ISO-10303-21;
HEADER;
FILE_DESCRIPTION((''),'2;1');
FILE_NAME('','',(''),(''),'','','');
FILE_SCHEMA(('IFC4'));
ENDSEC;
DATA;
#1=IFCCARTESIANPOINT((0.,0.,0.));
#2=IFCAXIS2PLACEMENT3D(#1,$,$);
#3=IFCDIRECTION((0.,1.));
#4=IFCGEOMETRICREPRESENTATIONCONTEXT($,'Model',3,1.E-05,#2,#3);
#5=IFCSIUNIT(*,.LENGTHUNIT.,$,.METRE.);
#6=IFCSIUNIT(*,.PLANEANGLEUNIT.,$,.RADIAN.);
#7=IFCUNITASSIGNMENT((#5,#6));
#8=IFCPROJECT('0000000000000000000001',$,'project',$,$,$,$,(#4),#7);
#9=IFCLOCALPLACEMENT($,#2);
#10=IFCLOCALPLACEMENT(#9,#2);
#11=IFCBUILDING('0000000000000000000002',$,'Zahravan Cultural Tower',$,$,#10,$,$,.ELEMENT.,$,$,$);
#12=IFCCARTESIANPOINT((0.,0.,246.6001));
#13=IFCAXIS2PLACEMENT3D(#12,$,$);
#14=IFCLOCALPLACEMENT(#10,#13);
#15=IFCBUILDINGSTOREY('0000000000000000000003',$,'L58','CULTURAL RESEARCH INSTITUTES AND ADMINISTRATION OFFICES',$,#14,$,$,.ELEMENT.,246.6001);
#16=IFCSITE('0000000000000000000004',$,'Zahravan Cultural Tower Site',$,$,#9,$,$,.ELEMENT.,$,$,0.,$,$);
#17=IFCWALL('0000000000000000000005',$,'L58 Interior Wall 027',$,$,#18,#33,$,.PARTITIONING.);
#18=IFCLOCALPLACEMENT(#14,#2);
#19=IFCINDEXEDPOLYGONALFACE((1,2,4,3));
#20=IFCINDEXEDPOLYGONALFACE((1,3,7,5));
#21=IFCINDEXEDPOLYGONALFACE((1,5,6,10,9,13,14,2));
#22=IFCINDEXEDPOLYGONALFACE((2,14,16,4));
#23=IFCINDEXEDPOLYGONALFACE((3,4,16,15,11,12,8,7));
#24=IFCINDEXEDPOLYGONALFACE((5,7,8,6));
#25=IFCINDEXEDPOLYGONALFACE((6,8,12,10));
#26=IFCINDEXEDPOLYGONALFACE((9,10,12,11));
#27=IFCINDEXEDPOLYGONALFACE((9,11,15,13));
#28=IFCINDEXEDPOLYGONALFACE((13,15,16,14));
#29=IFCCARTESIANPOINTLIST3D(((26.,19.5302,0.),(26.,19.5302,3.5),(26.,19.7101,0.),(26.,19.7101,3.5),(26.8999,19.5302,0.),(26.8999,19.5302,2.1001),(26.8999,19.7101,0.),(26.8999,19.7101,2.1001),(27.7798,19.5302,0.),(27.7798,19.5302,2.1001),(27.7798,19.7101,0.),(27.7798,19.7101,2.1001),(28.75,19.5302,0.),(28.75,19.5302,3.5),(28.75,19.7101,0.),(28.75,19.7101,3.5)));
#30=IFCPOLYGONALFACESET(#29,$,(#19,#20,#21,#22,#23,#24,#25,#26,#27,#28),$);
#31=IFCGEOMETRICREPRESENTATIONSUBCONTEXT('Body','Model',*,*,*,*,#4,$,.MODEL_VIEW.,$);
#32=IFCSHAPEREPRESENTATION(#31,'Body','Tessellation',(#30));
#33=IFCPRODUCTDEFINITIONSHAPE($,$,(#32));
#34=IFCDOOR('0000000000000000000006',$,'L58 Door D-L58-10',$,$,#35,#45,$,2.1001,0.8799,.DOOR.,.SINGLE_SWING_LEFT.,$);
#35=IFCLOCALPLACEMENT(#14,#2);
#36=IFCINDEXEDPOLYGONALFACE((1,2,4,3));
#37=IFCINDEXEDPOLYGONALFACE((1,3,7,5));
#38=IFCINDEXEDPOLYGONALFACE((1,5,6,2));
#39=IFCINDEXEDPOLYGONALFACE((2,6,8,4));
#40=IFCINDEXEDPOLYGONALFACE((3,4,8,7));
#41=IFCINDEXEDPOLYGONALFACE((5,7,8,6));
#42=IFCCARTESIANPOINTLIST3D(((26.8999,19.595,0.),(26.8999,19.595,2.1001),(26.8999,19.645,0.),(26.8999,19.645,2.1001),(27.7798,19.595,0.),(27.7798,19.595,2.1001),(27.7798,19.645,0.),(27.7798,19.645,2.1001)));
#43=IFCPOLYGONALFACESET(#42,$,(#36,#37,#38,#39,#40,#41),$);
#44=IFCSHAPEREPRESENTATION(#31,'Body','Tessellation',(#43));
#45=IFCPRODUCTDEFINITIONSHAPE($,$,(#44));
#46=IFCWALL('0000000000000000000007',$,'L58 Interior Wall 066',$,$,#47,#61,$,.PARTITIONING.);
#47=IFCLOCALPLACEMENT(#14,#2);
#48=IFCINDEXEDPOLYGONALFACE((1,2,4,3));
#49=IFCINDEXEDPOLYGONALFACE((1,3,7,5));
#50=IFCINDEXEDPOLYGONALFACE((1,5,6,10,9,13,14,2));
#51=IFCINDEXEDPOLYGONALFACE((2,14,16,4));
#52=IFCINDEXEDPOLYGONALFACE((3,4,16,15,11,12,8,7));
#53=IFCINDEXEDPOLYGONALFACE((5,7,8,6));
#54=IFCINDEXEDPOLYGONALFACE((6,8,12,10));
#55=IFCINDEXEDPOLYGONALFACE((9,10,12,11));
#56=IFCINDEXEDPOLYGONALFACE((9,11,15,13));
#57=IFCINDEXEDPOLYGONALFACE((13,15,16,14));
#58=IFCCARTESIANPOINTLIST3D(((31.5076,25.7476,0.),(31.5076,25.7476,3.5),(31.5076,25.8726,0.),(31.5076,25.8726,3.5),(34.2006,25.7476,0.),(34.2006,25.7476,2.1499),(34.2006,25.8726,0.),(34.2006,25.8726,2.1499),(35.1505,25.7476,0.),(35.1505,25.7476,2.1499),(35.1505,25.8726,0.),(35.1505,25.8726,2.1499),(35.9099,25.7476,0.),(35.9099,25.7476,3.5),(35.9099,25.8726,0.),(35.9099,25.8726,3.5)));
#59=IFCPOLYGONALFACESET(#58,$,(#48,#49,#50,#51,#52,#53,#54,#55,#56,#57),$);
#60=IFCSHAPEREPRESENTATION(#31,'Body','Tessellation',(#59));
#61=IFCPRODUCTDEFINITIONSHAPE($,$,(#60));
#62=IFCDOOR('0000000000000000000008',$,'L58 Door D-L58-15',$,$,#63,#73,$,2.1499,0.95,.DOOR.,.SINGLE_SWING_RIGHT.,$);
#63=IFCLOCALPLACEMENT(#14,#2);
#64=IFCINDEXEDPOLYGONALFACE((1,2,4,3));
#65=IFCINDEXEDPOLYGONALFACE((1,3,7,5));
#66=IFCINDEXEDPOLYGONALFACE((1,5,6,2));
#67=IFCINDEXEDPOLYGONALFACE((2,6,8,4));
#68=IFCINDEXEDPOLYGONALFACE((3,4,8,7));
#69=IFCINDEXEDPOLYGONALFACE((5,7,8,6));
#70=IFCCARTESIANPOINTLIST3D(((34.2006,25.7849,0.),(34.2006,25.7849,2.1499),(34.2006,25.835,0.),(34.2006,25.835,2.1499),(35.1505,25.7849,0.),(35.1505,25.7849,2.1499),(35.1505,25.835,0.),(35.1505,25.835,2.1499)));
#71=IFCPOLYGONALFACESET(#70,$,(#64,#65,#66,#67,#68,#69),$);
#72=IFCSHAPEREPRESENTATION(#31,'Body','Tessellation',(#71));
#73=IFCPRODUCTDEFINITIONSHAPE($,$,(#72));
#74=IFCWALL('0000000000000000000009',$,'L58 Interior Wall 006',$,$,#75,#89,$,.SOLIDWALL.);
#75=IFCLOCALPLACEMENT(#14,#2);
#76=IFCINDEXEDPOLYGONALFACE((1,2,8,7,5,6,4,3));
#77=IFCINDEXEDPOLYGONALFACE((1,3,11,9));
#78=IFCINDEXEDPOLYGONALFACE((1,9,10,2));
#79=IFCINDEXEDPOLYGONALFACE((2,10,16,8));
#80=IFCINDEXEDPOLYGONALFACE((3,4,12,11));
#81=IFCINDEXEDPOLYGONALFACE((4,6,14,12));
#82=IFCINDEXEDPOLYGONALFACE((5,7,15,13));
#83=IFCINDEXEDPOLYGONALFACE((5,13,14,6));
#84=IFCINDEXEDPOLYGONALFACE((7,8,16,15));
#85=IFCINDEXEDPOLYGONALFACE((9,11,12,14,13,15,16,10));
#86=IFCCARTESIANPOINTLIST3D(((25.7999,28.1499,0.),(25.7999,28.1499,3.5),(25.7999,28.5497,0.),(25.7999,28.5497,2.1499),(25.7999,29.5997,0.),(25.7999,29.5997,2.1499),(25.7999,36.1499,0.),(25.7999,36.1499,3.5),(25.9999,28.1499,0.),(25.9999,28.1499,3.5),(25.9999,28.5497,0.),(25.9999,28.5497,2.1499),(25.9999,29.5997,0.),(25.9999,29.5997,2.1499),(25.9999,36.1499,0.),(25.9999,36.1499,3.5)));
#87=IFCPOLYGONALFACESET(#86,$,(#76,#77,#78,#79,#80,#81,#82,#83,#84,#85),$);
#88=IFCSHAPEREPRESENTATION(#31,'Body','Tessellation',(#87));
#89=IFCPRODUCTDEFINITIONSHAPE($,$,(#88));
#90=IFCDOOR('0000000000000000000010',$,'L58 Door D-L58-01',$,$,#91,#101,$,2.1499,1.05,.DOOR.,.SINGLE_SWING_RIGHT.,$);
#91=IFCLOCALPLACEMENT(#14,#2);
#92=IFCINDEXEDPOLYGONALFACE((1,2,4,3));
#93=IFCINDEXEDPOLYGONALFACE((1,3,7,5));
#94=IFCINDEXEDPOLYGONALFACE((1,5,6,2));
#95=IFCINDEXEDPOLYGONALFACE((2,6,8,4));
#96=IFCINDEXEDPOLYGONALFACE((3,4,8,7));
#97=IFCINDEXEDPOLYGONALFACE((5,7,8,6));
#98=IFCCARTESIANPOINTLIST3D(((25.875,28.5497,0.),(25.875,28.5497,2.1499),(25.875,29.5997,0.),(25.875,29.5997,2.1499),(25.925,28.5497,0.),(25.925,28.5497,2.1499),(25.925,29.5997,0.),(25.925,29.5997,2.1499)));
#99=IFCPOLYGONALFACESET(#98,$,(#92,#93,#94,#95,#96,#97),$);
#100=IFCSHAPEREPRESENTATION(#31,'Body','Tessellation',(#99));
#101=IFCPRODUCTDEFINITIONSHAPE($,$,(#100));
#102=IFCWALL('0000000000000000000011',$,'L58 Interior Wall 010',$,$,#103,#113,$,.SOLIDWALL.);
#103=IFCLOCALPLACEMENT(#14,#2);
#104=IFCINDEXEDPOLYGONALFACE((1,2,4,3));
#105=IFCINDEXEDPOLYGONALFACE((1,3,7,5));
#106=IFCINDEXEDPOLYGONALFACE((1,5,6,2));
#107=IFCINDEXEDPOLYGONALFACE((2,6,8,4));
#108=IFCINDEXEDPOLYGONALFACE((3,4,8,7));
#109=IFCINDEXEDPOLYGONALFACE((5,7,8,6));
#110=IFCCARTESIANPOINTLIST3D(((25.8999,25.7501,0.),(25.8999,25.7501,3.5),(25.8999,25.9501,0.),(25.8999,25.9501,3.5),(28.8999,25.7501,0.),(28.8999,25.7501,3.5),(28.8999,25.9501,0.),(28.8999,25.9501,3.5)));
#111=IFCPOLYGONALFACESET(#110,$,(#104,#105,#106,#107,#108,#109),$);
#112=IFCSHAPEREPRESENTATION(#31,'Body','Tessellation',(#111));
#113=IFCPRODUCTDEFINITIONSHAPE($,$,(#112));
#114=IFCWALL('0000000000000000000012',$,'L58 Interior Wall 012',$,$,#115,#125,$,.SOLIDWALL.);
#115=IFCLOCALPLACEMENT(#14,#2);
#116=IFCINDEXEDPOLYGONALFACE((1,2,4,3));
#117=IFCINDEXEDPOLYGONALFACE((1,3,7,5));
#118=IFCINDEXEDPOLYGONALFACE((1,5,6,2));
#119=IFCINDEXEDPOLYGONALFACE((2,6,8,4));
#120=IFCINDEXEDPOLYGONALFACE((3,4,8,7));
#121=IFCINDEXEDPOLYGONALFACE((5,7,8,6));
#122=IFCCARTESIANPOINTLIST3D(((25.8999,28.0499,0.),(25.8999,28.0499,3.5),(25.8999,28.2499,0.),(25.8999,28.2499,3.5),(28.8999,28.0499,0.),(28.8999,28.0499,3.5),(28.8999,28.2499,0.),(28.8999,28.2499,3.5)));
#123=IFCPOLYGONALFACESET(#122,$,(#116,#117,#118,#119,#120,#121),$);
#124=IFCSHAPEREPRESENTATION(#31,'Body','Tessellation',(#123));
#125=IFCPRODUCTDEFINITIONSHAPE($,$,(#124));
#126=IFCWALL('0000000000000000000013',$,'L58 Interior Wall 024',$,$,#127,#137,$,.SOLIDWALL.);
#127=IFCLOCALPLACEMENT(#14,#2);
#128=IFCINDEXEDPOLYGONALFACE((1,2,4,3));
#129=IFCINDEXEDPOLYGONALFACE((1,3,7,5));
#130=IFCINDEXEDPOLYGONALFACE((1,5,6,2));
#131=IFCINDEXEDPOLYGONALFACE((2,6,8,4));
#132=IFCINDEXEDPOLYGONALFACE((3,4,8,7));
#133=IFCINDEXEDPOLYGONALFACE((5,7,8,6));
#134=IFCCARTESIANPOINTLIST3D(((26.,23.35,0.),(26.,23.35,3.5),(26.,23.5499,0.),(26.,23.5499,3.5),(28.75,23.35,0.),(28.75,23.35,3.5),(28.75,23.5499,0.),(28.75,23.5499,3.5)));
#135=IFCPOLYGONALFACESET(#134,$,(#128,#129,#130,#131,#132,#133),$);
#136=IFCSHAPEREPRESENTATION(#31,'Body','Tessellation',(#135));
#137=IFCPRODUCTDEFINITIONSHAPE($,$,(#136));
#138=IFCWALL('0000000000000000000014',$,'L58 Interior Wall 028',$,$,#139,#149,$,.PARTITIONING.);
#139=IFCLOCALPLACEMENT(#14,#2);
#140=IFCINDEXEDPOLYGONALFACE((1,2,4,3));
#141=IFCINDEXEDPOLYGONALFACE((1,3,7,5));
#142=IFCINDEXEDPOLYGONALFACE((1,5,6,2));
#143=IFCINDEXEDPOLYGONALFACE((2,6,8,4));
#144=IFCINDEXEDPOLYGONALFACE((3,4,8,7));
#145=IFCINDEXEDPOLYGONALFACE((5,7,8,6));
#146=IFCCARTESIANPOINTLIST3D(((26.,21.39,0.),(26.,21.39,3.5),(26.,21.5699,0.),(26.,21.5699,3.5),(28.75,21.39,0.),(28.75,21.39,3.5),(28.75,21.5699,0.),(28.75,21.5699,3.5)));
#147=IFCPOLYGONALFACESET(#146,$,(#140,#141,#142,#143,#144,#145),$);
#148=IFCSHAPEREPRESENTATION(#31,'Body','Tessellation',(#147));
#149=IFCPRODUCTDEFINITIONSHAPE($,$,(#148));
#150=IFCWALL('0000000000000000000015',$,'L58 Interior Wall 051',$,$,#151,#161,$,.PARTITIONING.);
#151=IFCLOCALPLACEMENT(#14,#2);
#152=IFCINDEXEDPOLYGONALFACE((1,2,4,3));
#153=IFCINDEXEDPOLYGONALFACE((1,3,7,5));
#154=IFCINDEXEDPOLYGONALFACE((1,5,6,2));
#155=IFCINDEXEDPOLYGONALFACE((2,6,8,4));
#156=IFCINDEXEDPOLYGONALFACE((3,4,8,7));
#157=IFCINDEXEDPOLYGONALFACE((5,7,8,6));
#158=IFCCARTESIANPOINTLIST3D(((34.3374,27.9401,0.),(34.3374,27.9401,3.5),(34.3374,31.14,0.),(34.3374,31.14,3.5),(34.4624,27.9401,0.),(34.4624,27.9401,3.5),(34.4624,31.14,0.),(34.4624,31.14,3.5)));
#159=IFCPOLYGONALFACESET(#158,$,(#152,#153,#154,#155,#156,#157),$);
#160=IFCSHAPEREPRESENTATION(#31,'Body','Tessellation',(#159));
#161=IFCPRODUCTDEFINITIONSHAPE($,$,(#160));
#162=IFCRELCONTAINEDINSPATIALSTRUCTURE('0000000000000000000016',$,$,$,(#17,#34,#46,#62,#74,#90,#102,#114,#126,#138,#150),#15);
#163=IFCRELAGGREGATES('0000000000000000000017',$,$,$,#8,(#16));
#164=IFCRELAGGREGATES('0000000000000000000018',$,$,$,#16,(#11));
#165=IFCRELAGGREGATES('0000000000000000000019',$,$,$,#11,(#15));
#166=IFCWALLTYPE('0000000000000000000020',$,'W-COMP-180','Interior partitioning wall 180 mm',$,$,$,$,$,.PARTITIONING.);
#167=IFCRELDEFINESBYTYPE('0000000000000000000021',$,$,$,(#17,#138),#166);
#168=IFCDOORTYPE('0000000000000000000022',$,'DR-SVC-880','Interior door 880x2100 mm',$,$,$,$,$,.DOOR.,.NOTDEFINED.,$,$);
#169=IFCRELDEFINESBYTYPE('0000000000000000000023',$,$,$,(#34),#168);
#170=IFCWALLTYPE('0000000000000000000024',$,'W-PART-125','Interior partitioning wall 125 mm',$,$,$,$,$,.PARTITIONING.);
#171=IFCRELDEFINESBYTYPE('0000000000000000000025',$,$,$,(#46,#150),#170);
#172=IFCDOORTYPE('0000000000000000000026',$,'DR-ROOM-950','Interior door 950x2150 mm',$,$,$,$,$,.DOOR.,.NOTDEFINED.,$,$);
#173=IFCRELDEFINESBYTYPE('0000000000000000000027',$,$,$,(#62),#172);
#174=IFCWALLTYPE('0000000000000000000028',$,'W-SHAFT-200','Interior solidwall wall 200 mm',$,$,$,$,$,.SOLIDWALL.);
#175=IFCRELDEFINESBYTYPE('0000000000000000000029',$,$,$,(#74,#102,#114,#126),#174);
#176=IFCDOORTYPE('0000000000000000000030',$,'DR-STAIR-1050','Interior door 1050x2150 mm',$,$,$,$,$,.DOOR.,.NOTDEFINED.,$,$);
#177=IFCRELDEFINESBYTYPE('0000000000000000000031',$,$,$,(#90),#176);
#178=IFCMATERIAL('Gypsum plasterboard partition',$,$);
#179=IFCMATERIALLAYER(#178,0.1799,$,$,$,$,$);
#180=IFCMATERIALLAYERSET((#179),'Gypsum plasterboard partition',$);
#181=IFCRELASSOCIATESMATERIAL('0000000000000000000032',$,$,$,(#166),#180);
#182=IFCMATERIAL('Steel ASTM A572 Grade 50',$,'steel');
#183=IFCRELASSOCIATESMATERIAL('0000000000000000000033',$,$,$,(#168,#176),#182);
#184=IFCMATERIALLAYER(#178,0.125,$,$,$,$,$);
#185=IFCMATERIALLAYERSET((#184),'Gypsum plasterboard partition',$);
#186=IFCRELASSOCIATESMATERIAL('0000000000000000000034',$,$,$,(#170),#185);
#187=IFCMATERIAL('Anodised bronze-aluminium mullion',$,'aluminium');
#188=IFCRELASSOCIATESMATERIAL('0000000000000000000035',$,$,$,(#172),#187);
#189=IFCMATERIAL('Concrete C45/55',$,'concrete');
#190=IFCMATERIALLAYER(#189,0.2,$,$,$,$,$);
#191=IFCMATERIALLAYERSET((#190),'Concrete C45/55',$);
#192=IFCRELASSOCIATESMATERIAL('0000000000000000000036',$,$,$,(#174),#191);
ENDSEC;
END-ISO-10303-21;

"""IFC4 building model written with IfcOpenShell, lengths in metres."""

from ifc_helpers import new_model, si_unit, direction, frame, frame_2d, origin, place, context, subcontext, project, spatial, rectangle, extrude, source, transform, mapped, material, layer, layer_set, type_object, element, fill, save


model = new_model("IFC4")

# Units and contexts
model_context = context("Model", 3, precision=1e-05, world=origin(), true_north=direction((0.0, 1.0)))
body_context = subcontext(model_context, "Body", "Model", "MODEL_VIEW")
ifc_project = project(units=[si_unit("LENGTHUNIT", "METRE"), si_unit("PLANEANGLEUNIT", "RADIAN")], contexts=[model_context])

# Site, building, storey
site_placement = place(None, origin())
site = spatial("IfcSite", under=ifc_project, at=site_placement, Name="Zahravan Cultural Tower Site", CompositionType="ELEMENT", RefElevation=0.0)
building_placement = place(site_placement, origin())
building = spatial("IfcBuilding", under=site, at=building_placement, Name="Zahravan Cultural Tower", CompositionType="ELEMENT")
storey_placement = place(building_placement, frame((0.0, 0.0, 246.6001)))
storey = spatial("IfcBuildingStorey", under=building, at=storey_placement, Name="L58", Description="CULTURAL RESEARCH INSTITUTES AND ADMINISTRATION OFFICES", CompositionType="ELEMENT", Elevation=246.6001)

# Walls, openings, doors
ifc_material_1 = material(Name="Steel ASTM A572 Grade 50", Category="steel")
ifc_material_2 = material(Name="Gypsum plasterboard partition")
ifc_layer_1 = layer(ifc_material_2, 0.1799)
ifc_layer_set_1 = layer_set([ifc_layer_1], Name="Gypsum plasterboard partition")
wall_type_1 = type_object("IfcWallType", Name="W-COMP-180", Description="Interior partitioning wall 180 mm", PredefinedType="PARTITIONING", material=ifc_layer_set_1)
wall_1_placement = place(storey_placement, frame((26.0, 19.6201, 0.0), z_axis=(0.0, 0.0, 1.0), x_axis=(1.0, 0.0, 0.0)))
wall_1 = element("IfcWall", 1, at=wall_1_placement, inside=storey, type_object=wall_type_1, Name="L58 Interior Wall 027", PredefinedType="PARTITIONING", context=body_context, shape_type="SweptSolid", body=[
    extrude(rectangle(XDim=2.75, YDim=0.1799, at=frame_2d((1.375, 0.0))), origin(), (0.0, 0.0, 1.0), 3.5),
])
opening_1_placement = place(wall_1_placement, frame((0.8999, 0.0, 0.0)))
opening_1 = element("IfcOpeningElement", 2, at=opening_1_placement, cuts=wall_1, PredefinedType="OPENING", context=body_context, shape_type="SweptSolid", body=[
    extrude(rectangle(XDim=0.8799, YDim=2.1001, at=frame_2d((0.4399, 1.05))), frame((0.0, 0.0999, 0.0), z_axis=(0.0, -1.0, 0.0), x_axis=(1.0, 0.0, 0.0)), (0.0, 0.0, 1.0), 0.2),
])
door_type_1 = type_object("IfcDoorType", Name="DR-SVC-880", Description="Interior door 880x2100 mm", OperationType="NOTDEFINED", PredefinedType="DOOR", material=ifc_material_1)
shared_shape_1 = source(origin(), body_context, "Body", "SweptSolid", [
    extrude(rectangle(XDim=0.8799, YDim=2.1001, at=frame_2d((0.4399, 1.05))), frame((0.0, 0.0249, 0.0), z_axis=(0.0, -1.0, 0.0), x_axis=(1.0, 0.0, 0.0)), (0.0, 0.0, 1.0), 0.05),
])
door_1_placement = place(opening_1_placement, origin())
door_1 = element("IfcDoor", 3, at=door_1_placement, inside=storey, type_object=door_type_1, Name="L58 Door D-L58-10", OperationType="SINGLE_SWING_LEFT", OverallHeight=2.1001, OverallWidth=0.8799, PredefinedType="DOOR", context=body_context, shape_type="MappedRepresentation", body=[
    mapped(shared_shape_1, transform((0.0, 0.0, 0.0), x_axis=(1.0, 0.0, 0.0), y_axis=(0.0, 1.0, 0.0), z_axis=(0.0, 0.0, 1.0), scale=1.0)),
])
fill(opening_1, door_1)
ifc_layer_2 = layer(ifc_material_2, 0.125)
ifc_layer_set_2 = layer_set([ifc_layer_2], Name="Gypsum plasterboard partition")
wall_type_2 = type_object("IfcWallType", Name="W-PART-125", Description="Interior partitioning wall 125 mm", PredefinedType="PARTITIONING", material=ifc_layer_set_2)
ifc_material_3 = material(Name="Anodised bronze-aluminium mullion", Category="aluminium")
door_type_2 = type_object("IfcDoorType", Name="DR-ROOM-950", Description="Interior door 950x2150 mm", OperationType="NOTDEFINED", PredefinedType="DOOR", material=ifc_material_3)
shared_shape_2 = source(origin(), body_context, "Body", "SweptSolid", [
    extrude(rectangle(XDim=0.95, YDim=2.1499, at=frame_2d((0.4751, 1.075))), frame((0.0, 0.0249, 0.0), z_axis=(0.0, -1.0, 0.0), x_axis=(1.0, 0.0, 0.0)), (0.0, 0.0, 1.0), 0.05),
])
wall_2_placement = place(storey_placement, frame((31.5076, 25.8101, 0.0), z_axis=(0.0, 0.0, 1.0), x_axis=(1.0, 0.0, 0.0)))
wall_2 = element("IfcWall", 4, at=wall_2_placement, inside=storey, type_object=wall_type_2, Name="L58 Interior Wall 066", PredefinedType="PARTITIONING", context=body_context, shape_type="SweptSolid", body=[
    extrude(rectangle(XDim=4.4023, YDim=0.125, at=frame_2d((2.2012, 0.0))), origin(), (0.0, 0.0, 1.0), 3.5),
])
opening_2_placement = place(wall_2_placement, frame((2.6929, 0.0, 0.0)))
opening_2 = element("IfcOpeningElement", 5, at=opening_2_placement, cuts=wall_2, PredefinedType="OPENING", context=body_context, shape_type="SweptSolid", body=[
    extrude(rectangle(XDim=0.95, YDim=2.1499, at=frame_2d((0.4751, 1.075))), frame((0.0, 0.0725, 0.0), z_axis=(0.0, -1.0, 0.0), x_axis=(1.0, 0.0, 0.0)), (0.0, 0.0, 1.0), 0.145),
])
door_2_placement = place(opening_2_placement, origin())
door_2 = element("IfcDoor", 6, at=door_2_placement, inside=storey, type_object=door_type_2, Name="L58 Door D-L58-15", OperationType="SINGLE_SWING_RIGHT", OverallHeight=2.1499, OverallWidth=0.95, PredefinedType="DOOR", context=body_context, shape_type="MappedRepresentation", body=[
    mapped(shared_shape_2, transform((0.0, 0.0, 0.0), x_axis=(1.0, 0.0, 0.0), y_axis=(0.0, 1.0, 0.0), z_axis=(0.0, 0.0, 1.0), scale=1.0)),
])
fill(opening_2, door_2)
ifc_material_4 = material(Name="Concrete C45/55", Category="concrete")
ifc_layer_3 = layer(ifc_material_4, 0.2)
ifc_layer_set_3 = layer_set([ifc_layer_3], Name="Concrete C45/55")
wall_type_3 = type_object("IfcWallType", Name="W-SHAFT-200", Description="Interior solidwall wall 200 mm", PredefinedType="SOLIDWALL", material=ifc_layer_set_3)
wall_3_placement = place(storey_placement, frame((25.8999, 28.1499, 0.0), z_axis=(0.0, 0.0, 1.0), x_axis=(0.0, 1.0, 0.0)))
wall_3 = element("IfcWall", 7, at=wall_3_placement, inside=storey, type_object=wall_type_3, Name="L58 Interior Wall 006", PredefinedType="SOLIDWALL", context=body_context, shape_type="SweptSolid", body=[
    extrude(rectangle(XDim=8.0, YDim=0.2, at=frame_2d((4.0, 0.0))), origin(), (0.0, 0.0, 1.0), 3.5),
])
opening_3_placement = place(wall_3_placement, frame((0.3999, 0.0, 0.0)))
opening_3 = element("IfcOpeningElement", 8, at=opening_3_placement, cuts=wall_3, PredefinedType="OPENING", context=body_context, shape_type="SweptSolid", body=[
    extrude(rectangle(XDim=1.05, YDim=2.1499, at=frame_2d((0.5249, 1.075))), frame((0.0, 0.1099, 0.0), z_axis=(0.0, -1.0, 0.0), x_axis=(1.0, 0.0, 0.0)), (0.0, 0.0, 1.0), 0.22),
])
door_type_3 = type_object("IfcDoorType", Name="DR-STAIR-1050", Description="Interior door 1050x2150 mm", OperationType="NOTDEFINED", PredefinedType="DOOR", material=ifc_material_1)
shared_shape_3 = source(origin(), body_context, "Body", "SweptSolid", [
    extrude(rectangle(XDim=1.05, YDim=2.1499, at=frame_2d((0.5249, 1.075))), frame((0.0, 0.0249, 0.0), z_axis=(0.0, -1.0, 0.0), x_axis=(1.0, 0.0, 0.0)), (0.0, 0.0, 1.0), 0.05),
])
door_3_placement = place(opening_3_placement, origin())
door_3 = element("IfcDoor", 9, at=door_3_placement, inside=storey, type_object=door_type_3, Name="L58 Door D-L58-01", OperationType="SINGLE_SWING_RIGHT", OverallHeight=2.1499, OverallWidth=1.05, PredefinedType="DOOR", context=body_context, shape_type="MappedRepresentation", body=[
    mapped(shared_shape_3, transform((0.0, 0.0, 0.0), x_axis=(1.0, 0.0, 0.0), y_axis=(0.0, 1.0, 0.0), z_axis=(0.0, 0.0, 1.0), scale=1.0)),
])
fill(opening_3, door_3)

# Walls
shared_shape_4 = source(origin(), body_context, "Body", "SweptSolid", [
    extrude(rectangle(XDim=3.0, YDim=0.2, at=frame_2d((1.5, 0.0))), origin(), (0.0, 0.0, 1.0), 3.5),
])
for number, where, z_axis, x_axis, name in (
    (10, (25.8999, 25.8501, 0.0), (0.0, 0.0, 1.0), (1.0, 0.0, 0.0), "L58 Interior Wall 010"),
    (11, (25.8999, 28.1499, 0.0), (0.0, 0.0, 1.0), (1.0, 0.0, 0.0), "L58 Interior Wall 012"),
):
    element("IfcWall", number, at=place(storey_placement, frame(where, z_axis=z_axis, x_axis=x_axis)), inside=storey, type_object=wall_type_3, Name=name, PredefinedType="SOLIDWALL", context=body_context, shape_type="MappedRepresentation", body=[
        mapped(shared_shape_4, transform((0.0, 0.0, 0.0), x_axis=(1.0, 0.0, 0.0), y_axis=(0.0, 1.0, 0.0), z_axis=(0.0, 0.0, 1.0), scale=1.0)),
    ])
shared_shape_5 = source(origin(), body_context, "Body", "SweptSolid", [
    extrude(rectangle(XDim=2.75, YDim=0.2, at=frame_2d((1.375, 0.0))), origin(), (0.0, 0.0, 1.0), 3.5),
])
wall_4_placement = place(storey_placement, frame((26.0, 23.45, 0.0), z_axis=(0.0, 0.0, 1.0), x_axis=(1.0, 0.0, 0.0)))
element("IfcWall", 12, at=wall_4_placement, inside=storey, type_object=wall_type_3, Name="L58 Interior Wall 024", PredefinedType="SOLIDWALL", context=body_context, shape_type="MappedRepresentation", body=[
    mapped(shared_shape_5, transform((0.0, 0.0, 0.0), x_axis=(1.0, 0.0, 0.0), y_axis=(0.0, 1.0, 0.0), z_axis=(0.0, 0.0, 1.0), scale=1.0)),
])
shared_shape_6 = source(origin(), body_context, "Body", "SweptSolid", [
    extrude(rectangle(XDim=2.75, YDim=0.1799, at=frame_2d((1.375, 0.0))), origin(), (0.0, 0.0, 1.0), 3.5),
])
wall_5_placement = place(storey_placement, frame((26.0, 21.48, 0.0), z_axis=(0.0, 0.0, 1.0), x_axis=(1.0, 0.0, 0.0)))
element("IfcWall", 13, at=wall_5_placement, inside=storey, type_object=wall_type_1, Name="L58 Interior Wall 028", PredefinedType="PARTITIONING", context=body_context, shape_type="MappedRepresentation", body=[
    mapped(shared_shape_6, transform((0.0, 0.0, 0.0), x_axis=(1.0, 0.0, 0.0), y_axis=(0.0, 1.0, 0.0), z_axis=(0.0, 0.0, 1.0), scale=1.0)),
])
shared_shape_7 = source(origin(), body_context, "Body", "SweptSolid", [
    extrude(rectangle(XDim=3.2, YDim=0.125, at=frame_2d((1.6001, 0.0))), origin(), (0.0, 0.0, 1.0), 3.5),
])
wall_6_placement = place(storey_placement, frame((34.3999, 27.9399, 0.0), z_axis=(0.0, 0.0, 1.0), x_axis=(0.0, 1.0, 0.0)))
element("IfcWall", 14, at=wall_6_placement, inside=storey, type_object=wall_type_2, Name="L58 Interior Wall 051", PredefinedType="PARTITIONING", context=body_context, shape_type="MappedRepresentation", body=[
    mapped(shared_shape_7, transform((0.0, 0.0, 0.0), x_axis=(1.0, 0.0, 0.0), y_axis=(0.0, 1.0, 0.0), z_axis=(0.0, 0.0, 1.0), scale=1.0)),
])

save(model, "model.ifc")
